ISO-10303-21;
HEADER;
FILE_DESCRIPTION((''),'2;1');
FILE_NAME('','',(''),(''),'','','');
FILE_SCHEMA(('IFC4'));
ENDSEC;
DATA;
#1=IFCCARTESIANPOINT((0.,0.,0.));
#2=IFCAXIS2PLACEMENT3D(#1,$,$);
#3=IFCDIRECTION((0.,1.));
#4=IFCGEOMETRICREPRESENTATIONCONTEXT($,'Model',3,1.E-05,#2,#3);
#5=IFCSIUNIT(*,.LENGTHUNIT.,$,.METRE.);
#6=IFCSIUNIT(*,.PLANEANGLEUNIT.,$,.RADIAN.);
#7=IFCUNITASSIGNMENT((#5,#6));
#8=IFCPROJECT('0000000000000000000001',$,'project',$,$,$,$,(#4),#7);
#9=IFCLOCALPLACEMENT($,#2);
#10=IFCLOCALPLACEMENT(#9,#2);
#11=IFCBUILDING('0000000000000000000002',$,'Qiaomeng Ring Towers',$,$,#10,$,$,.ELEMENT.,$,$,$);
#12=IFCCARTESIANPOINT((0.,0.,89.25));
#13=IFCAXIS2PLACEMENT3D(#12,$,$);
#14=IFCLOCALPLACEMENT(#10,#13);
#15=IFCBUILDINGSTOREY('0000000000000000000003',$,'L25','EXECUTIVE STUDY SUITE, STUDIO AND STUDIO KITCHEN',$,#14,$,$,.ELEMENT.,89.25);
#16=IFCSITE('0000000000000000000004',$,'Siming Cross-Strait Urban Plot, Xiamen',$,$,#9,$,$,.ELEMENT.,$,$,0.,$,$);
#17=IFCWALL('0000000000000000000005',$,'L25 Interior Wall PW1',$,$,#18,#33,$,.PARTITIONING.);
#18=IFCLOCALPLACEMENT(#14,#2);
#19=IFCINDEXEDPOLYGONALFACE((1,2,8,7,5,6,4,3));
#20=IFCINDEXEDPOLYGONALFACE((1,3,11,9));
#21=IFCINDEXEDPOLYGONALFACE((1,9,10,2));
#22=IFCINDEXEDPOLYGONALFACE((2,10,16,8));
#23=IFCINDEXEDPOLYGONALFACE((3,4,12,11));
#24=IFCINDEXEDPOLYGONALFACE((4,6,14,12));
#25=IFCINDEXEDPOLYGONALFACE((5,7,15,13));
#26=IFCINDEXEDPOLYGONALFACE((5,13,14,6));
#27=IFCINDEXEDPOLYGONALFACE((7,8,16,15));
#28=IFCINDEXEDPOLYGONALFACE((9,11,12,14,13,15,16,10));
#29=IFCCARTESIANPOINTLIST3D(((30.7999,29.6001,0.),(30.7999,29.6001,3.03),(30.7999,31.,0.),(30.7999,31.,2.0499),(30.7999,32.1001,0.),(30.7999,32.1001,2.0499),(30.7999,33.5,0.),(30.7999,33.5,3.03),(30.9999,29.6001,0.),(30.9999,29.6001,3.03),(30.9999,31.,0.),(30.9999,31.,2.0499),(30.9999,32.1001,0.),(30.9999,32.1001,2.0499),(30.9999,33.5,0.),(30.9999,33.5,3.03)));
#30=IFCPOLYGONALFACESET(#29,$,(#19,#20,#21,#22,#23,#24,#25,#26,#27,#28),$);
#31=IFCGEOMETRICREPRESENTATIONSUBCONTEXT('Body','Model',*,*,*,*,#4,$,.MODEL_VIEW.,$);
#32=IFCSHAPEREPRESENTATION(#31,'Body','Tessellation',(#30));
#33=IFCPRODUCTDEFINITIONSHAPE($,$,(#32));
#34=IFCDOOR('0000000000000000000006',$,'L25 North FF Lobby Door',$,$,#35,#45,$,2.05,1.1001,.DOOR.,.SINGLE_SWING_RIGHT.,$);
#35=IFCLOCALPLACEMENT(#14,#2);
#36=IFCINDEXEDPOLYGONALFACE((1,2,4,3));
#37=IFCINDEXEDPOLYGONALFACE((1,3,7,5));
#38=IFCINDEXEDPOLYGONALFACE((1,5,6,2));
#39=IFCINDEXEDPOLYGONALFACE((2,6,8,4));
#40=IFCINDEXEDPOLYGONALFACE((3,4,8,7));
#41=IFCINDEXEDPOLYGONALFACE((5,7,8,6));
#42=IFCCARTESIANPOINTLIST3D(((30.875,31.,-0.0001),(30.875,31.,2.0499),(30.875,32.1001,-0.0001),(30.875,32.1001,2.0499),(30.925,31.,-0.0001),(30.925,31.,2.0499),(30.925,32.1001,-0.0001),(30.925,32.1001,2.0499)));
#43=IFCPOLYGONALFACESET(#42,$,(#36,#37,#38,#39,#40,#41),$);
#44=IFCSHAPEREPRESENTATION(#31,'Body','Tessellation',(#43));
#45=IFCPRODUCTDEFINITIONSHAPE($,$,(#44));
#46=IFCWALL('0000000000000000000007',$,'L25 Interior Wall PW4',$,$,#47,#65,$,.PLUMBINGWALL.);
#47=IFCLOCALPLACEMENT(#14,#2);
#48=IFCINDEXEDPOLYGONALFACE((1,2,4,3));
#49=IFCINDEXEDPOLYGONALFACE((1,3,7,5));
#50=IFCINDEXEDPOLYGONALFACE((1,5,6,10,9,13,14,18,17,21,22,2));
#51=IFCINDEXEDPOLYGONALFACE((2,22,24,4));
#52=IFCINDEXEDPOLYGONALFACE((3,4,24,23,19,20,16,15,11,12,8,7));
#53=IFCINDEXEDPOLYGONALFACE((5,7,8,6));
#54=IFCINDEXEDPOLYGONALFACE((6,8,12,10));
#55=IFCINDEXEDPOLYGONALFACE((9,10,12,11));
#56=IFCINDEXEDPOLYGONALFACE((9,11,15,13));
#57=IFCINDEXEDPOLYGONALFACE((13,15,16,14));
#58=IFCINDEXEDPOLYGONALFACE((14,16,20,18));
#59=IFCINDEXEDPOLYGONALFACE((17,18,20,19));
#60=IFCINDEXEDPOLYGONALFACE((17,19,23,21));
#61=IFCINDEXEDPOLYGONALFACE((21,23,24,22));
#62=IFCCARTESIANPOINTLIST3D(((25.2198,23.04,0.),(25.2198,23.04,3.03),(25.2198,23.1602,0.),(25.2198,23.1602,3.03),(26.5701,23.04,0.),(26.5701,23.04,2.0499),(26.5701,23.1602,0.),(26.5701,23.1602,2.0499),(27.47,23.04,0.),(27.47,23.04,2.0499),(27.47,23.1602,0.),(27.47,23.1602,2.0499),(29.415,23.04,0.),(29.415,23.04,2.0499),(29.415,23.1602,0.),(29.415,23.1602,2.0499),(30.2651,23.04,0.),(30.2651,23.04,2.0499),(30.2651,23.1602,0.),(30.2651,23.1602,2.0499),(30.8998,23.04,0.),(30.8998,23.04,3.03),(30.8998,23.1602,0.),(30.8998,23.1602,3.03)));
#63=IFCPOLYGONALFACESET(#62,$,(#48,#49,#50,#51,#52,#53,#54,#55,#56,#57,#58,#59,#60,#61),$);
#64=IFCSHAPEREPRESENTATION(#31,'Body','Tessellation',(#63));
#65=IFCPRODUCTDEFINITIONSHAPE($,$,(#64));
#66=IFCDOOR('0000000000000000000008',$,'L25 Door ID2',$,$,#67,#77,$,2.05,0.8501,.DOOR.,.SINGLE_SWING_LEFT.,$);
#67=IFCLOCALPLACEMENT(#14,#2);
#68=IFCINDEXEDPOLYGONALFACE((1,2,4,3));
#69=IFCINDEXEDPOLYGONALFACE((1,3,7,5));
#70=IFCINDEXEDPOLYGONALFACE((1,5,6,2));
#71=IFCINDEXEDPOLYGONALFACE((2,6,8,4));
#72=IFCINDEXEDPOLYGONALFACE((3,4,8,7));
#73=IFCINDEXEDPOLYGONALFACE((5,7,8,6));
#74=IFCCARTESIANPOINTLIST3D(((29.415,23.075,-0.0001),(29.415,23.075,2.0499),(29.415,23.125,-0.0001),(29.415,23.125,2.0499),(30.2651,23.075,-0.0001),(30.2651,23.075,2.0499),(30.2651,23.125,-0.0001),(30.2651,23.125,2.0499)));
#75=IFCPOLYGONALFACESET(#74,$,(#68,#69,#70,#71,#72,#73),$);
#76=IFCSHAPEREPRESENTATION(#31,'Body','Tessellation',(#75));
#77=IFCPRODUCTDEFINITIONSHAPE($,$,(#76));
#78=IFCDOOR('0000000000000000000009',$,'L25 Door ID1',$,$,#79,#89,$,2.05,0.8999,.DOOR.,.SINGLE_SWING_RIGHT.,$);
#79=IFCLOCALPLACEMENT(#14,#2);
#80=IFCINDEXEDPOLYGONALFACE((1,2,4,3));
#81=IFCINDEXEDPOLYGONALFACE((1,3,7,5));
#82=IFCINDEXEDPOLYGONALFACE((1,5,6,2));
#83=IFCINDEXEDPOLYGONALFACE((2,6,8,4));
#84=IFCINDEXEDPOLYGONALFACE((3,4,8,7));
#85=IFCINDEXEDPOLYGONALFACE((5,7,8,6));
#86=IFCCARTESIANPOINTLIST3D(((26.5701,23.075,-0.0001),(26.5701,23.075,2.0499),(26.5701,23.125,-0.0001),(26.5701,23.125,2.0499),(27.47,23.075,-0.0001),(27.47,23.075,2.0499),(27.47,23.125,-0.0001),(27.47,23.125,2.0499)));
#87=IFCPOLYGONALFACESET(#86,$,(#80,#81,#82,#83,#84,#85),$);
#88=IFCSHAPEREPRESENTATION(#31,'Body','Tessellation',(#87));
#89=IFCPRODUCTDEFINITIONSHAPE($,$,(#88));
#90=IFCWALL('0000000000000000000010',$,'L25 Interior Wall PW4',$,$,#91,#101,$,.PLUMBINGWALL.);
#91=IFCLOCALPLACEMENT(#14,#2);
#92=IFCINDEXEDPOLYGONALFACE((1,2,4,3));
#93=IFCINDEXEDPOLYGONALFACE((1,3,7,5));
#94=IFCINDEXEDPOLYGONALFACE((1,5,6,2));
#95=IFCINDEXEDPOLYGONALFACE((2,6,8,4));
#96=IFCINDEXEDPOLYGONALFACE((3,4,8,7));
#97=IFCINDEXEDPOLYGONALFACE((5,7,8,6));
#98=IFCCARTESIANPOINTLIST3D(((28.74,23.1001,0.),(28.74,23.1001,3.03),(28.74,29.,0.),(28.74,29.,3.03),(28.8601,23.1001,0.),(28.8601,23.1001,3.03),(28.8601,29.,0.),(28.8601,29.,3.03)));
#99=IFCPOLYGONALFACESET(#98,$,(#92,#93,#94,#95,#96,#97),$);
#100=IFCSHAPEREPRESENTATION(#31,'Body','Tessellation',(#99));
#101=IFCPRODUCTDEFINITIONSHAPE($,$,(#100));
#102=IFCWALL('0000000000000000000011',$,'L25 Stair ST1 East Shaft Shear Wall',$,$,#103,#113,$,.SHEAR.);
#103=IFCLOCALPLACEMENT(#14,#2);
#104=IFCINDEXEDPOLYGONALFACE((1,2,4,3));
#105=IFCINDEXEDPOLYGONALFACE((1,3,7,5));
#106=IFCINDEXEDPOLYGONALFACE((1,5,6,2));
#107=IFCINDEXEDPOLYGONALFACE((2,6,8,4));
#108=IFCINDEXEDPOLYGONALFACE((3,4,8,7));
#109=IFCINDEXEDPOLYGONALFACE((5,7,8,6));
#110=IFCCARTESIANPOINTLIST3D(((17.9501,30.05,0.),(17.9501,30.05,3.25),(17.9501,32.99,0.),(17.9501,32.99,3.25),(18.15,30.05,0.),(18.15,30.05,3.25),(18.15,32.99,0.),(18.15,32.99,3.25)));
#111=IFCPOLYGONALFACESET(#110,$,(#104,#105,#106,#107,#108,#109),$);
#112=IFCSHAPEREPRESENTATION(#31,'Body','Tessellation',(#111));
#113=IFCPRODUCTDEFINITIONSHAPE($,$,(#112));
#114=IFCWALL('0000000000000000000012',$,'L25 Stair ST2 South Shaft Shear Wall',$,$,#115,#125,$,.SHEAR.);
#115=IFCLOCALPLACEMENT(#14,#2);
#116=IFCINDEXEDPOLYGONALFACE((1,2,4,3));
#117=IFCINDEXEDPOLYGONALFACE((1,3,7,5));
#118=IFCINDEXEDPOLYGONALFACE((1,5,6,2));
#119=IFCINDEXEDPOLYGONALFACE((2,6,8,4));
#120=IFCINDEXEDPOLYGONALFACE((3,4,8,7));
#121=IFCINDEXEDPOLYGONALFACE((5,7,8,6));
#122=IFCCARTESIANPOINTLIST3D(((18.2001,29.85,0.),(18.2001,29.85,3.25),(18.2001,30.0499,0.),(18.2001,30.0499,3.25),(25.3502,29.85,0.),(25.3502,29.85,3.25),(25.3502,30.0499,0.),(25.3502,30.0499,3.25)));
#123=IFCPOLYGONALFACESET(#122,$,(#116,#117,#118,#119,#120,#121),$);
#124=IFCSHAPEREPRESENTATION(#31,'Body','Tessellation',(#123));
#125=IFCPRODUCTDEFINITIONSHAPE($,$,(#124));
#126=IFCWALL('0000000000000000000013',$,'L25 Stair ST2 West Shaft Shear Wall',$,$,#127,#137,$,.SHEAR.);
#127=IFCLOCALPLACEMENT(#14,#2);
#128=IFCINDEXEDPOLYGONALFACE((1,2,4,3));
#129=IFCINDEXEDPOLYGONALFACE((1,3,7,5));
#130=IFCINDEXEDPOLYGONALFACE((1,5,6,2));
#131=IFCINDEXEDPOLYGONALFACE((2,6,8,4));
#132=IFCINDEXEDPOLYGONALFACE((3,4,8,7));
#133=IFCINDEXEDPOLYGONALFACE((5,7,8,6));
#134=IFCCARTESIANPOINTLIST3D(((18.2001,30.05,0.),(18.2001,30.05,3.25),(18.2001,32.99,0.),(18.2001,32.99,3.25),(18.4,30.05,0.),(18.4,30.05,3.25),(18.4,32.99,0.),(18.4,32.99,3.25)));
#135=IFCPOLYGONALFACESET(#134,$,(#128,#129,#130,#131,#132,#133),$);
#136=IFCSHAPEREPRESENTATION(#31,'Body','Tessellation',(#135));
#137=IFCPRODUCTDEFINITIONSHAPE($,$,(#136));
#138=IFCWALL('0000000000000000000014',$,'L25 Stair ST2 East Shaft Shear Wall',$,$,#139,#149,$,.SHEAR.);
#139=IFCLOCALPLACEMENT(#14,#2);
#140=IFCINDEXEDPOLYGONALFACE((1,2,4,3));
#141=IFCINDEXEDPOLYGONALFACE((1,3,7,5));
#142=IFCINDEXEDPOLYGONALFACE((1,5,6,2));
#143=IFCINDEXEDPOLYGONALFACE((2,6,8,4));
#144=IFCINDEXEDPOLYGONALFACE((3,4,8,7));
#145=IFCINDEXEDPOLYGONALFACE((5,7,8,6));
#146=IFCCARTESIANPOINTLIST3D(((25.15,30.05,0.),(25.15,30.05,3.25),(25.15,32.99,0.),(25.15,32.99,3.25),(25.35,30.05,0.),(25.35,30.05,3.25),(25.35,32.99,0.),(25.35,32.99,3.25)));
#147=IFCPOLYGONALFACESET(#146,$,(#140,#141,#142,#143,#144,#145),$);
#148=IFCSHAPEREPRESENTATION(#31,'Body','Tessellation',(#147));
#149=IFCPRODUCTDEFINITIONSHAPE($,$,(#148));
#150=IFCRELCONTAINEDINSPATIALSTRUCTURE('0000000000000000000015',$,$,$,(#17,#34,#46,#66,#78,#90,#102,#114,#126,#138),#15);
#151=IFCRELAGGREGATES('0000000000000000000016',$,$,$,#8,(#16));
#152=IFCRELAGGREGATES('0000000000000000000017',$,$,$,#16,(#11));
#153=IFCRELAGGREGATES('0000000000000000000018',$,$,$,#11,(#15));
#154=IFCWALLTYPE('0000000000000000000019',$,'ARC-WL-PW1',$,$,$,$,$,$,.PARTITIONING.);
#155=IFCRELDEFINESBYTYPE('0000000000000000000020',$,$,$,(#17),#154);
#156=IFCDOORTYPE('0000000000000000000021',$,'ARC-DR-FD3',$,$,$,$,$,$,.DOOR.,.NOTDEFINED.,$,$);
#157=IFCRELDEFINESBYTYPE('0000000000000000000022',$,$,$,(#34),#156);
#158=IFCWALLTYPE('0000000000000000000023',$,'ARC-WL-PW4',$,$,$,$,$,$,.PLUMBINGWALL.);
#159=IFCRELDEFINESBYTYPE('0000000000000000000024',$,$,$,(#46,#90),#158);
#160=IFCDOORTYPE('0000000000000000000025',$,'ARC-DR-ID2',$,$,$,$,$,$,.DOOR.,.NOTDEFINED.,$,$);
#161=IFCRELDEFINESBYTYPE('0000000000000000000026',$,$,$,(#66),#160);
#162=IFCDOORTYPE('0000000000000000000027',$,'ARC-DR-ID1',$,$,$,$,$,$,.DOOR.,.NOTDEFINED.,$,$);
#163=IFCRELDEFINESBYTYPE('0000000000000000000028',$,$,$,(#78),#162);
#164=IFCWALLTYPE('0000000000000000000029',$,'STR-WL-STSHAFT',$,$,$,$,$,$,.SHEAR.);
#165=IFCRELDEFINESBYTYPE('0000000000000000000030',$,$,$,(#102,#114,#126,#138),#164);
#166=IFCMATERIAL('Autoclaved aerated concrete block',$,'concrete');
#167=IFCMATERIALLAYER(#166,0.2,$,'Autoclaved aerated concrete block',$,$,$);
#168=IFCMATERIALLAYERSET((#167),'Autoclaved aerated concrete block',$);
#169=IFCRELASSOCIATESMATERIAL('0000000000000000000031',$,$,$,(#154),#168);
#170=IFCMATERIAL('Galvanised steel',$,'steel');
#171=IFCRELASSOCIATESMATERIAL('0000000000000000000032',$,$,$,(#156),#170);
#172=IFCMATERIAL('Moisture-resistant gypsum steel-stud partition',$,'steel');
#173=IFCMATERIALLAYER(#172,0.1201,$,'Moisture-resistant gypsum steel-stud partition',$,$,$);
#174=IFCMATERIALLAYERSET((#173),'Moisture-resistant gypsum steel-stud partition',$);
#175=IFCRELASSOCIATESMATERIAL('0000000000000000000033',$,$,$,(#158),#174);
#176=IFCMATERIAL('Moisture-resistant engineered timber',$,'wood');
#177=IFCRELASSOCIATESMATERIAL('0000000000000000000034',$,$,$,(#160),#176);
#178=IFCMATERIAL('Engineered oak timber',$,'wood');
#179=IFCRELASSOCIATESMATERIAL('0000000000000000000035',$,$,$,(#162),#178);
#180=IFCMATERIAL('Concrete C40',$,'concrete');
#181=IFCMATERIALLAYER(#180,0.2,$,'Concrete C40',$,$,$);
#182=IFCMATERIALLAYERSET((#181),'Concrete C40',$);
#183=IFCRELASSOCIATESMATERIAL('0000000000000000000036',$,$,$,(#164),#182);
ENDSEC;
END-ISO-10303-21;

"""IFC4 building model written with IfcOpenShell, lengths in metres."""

from ifc_helpers import new_model, si_unit, direction, frame, frame_2d, origin, place, context, subcontext, project, spatial, rectangle, extrude, source, transform, mapped, material, layer, layer_set, type_object, element, fill, save


model = new_model("IFC4")

# Units and contexts
model_context = context("Model", 3, precision=1e-05, world=origin(), true_north=direction((0.0, 1.0)))
body_context = subcontext(model_context, "Body", "Model", "MODEL_VIEW")
ifc_project = project(units=[si_unit("LENGTHUNIT", "METRE"), si_unit("PLANEANGLEUNIT", "RADIAN")], contexts=[model_context])

# Site, building, storey
site_placement = place(None, origin())
site = spatial("IfcSite", under=ifc_project, at=site_placement, Name="Siming Cross-Strait Urban Plot, Xiamen", CompositionType="ELEMENT", RefElevation=0.0)
building_placement = place(site_placement, origin())
building = spatial("IfcBuilding", under=site, at=building_placement, Name="Qiaomeng Ring Towers", CompositionType="ELEMENT")
storey_placement = place(building_placement, frame((0.0, 0.0, 89.25)))
storey = spatial("IfcBuildingStorey", under=building, at=storey_placement, Name="L25", Description="EXECUTIVE STUDY SUITE, STUDIO AND STUDIO KITCHEN", CompositionType="ELEMENT", Elevation=89.25)

# Shared definitions
ifc_material_1 = material(Name="Autoclaved aerated concrete block", Category="concrete")
ifc_layer_1 = layer(ifc_material_1, 0.2, Name="Autoclaved aerated concrete block")
ifc_layer_set_1 = layer_set([ifc_layer_1], Name="Autoclaved aerated concrete block")
wall_type_1 = type_object("IfcWallType", Name="ARC-WL-PW1", PredefinedType="PARTITIONING", material=ifc_layer_set_1)

# Wall, opening, door
wall_1_placement = place(storey_placement, frame((30.8999, 29.6001, 0.0), z_axis=(0.0, 0.0, 1.0), x_axis=(0.0, 1.0, 0.0)))
wall_1 = element("IfcWall", 1, at=wall_1_placement, inside=storey, type_object=wall_type_1, Name="L25 Interior Wall PW1", PredefinedType="PARTITIONING", context=body_context, shape_type="SweptSolid", body=[
    extrude(rectangle(XDim=3.8999, YDim=0.2, at=frame_2d((1.95, 0.0))), origin(), (0.0, 0.0, 1.0), 3.03),
])
opening_1_placement = place(wall_1_placement, frame((1.3999, 0.0, 0.0)))
opening_1 = element("IfcOpeningElement", 2, at=opening_1_placement, cuts=wall_1, PredefinedType="OPENING", context=body_context, shape_type="SweptSolid", body=[
    extrude(rectangle(XDim=1.1001, YDim=2.05, at=frame_2d((0.55, 1.0249))), frame((0.0, 0.1099, 0.0), z_axis=(0.0, -1.0, 0.0), x_axis=(1.0, 0.0, 0.0)), (0.0, 0.0, 1.0), 0.22),
])
ifc_material_2 = material(Name="Galvanised steel", Category="steel")
door_type_1 = type_object("IfcDoorType", Name="ARC-DR-FD3", OperationType="NOTDEFINED", PredefinedType="DOOR", material=ifc_material_2)
shared_shape_1 = source(origin(), body_context, "Body", "SweptSolid", [
    extrude(rectangle(XDim=1.1001, YDim=2.05, at=frame_2d((0.55, 1.0249))), frame((0.0, 0.0249, 0.0), z_axis=(0.0, -1.0, 0.0), x_axis=(1.0, 0.0, 0.0)), (0.0, 0.0, 1.0), 0.05),
])
door_1_placement = place(opening_1_placement, origin())
door_1 = element("IfcDoor", 3, at=door_1_placement, inside=storey, type_object=door_type_1, Name="L25 North FF Lobby Door", OperationType="SINGLE_SWING_RIGHT", OverallHeight=2.05, OverallWidth=1.1001, PredefinedType="DOOR", context=body_context, shape_type="MappedRepresentation", body=[
    mapped(shared_shape_1, transform((0.0, 0.0, 0.0), x_axis=(1.0, 0.0, 0.0), y_axis=(0.0, 1.0, 0.0), z_axis=(0.0, 0.0, 1.0), scale=1.0)),
])
fill(opening_1, door_1)

# Wall, openings, doors
ifc_material_3 = material(Name="Moisture-resistant gypsum steel-stud partition", Category="steel")
ifc_layer_2 = layer(ifc_material_3, 0.1201, Name="Moisture-resistant gypsum steel-stud partition")
ifc_layer_set_2 = layer_set([ifc_layer_2], Name="Moisture-resistant gypsum steel-stud partition")
wall_type_2 = type_object("IfcWallType", Name="ARC-WL-PW4", PredefinedType="PLUMBINGWALL", material=ifc_layer_set_2)
wall_2_placement = place(storey_placement, frame((25.22, 23.1001, 0.0), z_axis=(0.0, 0.0, 1.0), x_axis=(1.0, 0.0, 0.0)))
wall_2 = element("IfcWall", 4, at=wall_2_placement, inside=storey, type_object=wall_type_2, Name="L25 Interior Wall PW4", PredefinedType="PLUMBINGWALL", context=body_context, shape_type="SweptSolid", body=[
    extrude(rectangle(XDim=5.6799, YDim=0.1201, at=frame_2d((2.8398, 0.0))), origin(), (0.0, 0.0, 1.0), 3.03),
])
opening_2_placement = place(wall_2_placement, frame((1.3501, 0.0, 0.0)))
opening_2 = element("IfcOpeningElement", 5, at=opening_2_placement, cuts=wall_2, PredefinedType="OPENING", context=body_context, shape_type="SweptSolid", body=[
    extrude(rectangle(XDim=0.8999, YDim=2.05, at=frame_2d((0.45, 1.0249))), frame((0.0, 0.0701, 0.0), z_axis=(0.0, -1.0, 0.0), x_axis=(1.0, 0.0, 0.0)), (0.0, 0.0, 1.0), 0.1401),
])
opening_3_placement = place(wall_2_placement, frame((4.1951, 0.0, 0.0)))
opening_3 = element("IfcOpeningElement", 6, at=opening_3_placement, cuts=wall_2, PredefinedType="OPENING", context=body_context, shape_type="SweptSolid", body=[
    extrude(rectangle(XDim=0.8501, YDim=2.05, at=frame_2d((0.425, 1.0249))), frame((0.0, 0.0701, 0.0), z_axis=(0.0, -1.0, 0.0), x_axis=(1.0, 0.0, 0.0)), (0.0, 0.0, 1.0), 0.1401),
])
ifc_material_4 = material(Name="Moisture-resistant engineered timber", Category="wood")
door_type_2 = type_object("IfcDoorType", Name="ARC-DR-ID2", OperationType="NOTDEFINED", PredefinedType="DOOR", material=ifc_material_4)
shared_shape_2 = source(origin(), body_context, "Body", "SweptSolid", [
    extrude(rectangle(XDim=0.8501, YDim=2.05, at=frame_2d((0.425, 1.0249))), frame((0.0, 0.0249, 0.0), z_axis=(0.0, -1.0, 0.0), x_axis=(1.0, 0.0, 0.0)), (0.0, 0.0, 1.0), 0.05),
])
door_2_placement = place(opening_3_placement, origin())
door_2 = element("IfcDoor", 7, at=door_2_placement, inside=storey, type_object=door_type_2, Name="L25 Door ID2", OperationType="SINGLE_SWING_LEFT", OverallHeight=2.05, OverallWidth=0.8501, PredefinedType="DOOR", context=body_context, shape_type="MappedRepresentation", body=[
    mapped(shared_shape_2, transform((0.0, 0.0, 0.0), x_axis=(1.0, 0.0, 0.0), y_axis=(0.0, 1.0, 0.0), z_axis=(0.0, 0.0, 1.0), scale=1.0)),
])
fill(opening_3, door_2)
ifc_material_5 = material(Name="Engineered oak timber", Category="wood")
door_type_3 = type_object("IfcDoorType", Name="ARC-DR-ID1", OperationType="NOTDEFINED", PredefinedType="DOOR", material=ifc_material_5)
shared_shape_3 = source(origin(), body_context, "Body", "SweptSolid", [
    extrude(rectangle(XDim=0.8999, YDim=2.05, at=frame_2d((0.45, 1.0249))), frame((0.0, 0.0249, 0.0), z_axis=(0.0, -1.0, 0.0), x_axis=(1.0, 0.0, 0.0)), (0.0, 0.0, 1.0), 0.05),
])
door_3_placement = place(opening_2_placement, origin())
door_3 = element("IfcDoor", 8, at=door_3_placement, inside=storey, type_object=door_type_3, Name="L25 Door ID1", OperationType="SINGLE_SWING_RIGHT", OverallHeight=2.05, OverallWidth=0.8999, PredefinedType="DOOR", context=body_context, shape_type="MappedRepresentation", body=[
    mapped(shared_shape_3, transform((0.0, 0.0, 0.0), x_axis=(1.0, 0.0, 0.0), y_axis=(0.0, 1.0, 0.0), z_axis=(0.0, 0.0, 1.0), scale=1.0)),
])
fill(opening_2, door_3)

# Walls
wall_3_placement = place(storey_placement, frame((28.8, 23.1001, 0.0), z_axis=(0.0, 0.0, 1.0), x_axis=(0.0, 1.0, 0.0)))
element("IfcWall", 9, at=wall_3_placement, inside=storey, type_object=wall_type_2, Name="L25 Interior Wall PW4", PredefinedType="PLUMBINGWALL", context=body_context, shape_type="SweptSolid", body=[
    extrude(rectangle(XDim=5.8999, YDim=0.1201, at=frame_2d((2.95, 0.0))), origin(), (0.0, 0.0, 1.0), 3.03),
])
ifc_material_6 = material(Name="Concrete C40", Category="concrete")
ifc_layer_3 = layer(ifc_material_6, 0.2, Name="Concrete C40")
ifc_layer_set_3 = layer_set([ifc_layer_3], Name="Concrete C40")
wall_type_3 = type_object("IfcWallType", Name="STR-WL-STSHAFT", PredefinedType="SHEAR", material=ifc_layer_set_3)
wall_4_placement = place(storey_placement, frame((18.05, 30.05, 0.0), z_axis=(0.0, 0.0, 1.0), x_axis=(0.0, 1.0, 0.0)))
element("IfcWall", 10, at=wall_4_placement, inside=storey, type_object=wall_type_3, Name="L25 Stair ST1 East Shaft Shear Wall", PredefinedType="SHEAR", context=body_context, shape_type="SweptSolid", body=[
    extrude(rectangle(XDim=2.9399, YDim=0.2, at=frame_2d((1.47, 0.0))), origin(), (0.0, 0.0, 1.0), 3.25),
])
wall_5_placement = place(storey_placement, frame((18.2, 29.95, 0.0), z_axis=(0.0, 0.0, 1.0), x_axis=(1.0, 0.0, 0.0)))
element("IfcWall", 11, at=wall_5_placement, inside=storey, type_object=wall_type_3, Name="L25 Stair ST2 South Shaft Shear Wall", PredefinedType="SHEAR", context=body_context, shape_type="SweptSolid", body=[
    extrude(rectangle(XDim=7.1501, YDim=0.2, at=frame_2d((3.5752, 0.0))), origin(), (0.0, 0.0, 1.0), 3.25),
])
for number, where, z_axis, x_axis, name in (
    (12, (18.3, 30.05, 0.0), (0.0, 0.0, 1.0), (0.0, 1.0, 0.0), "L25 Stair ST2 West Shaft Shear Wall"),
    (13, (25.25, 30.05, 0.0), (0.0, 0.0, 1.0), (0.0, 1.0, 0.0), "L25 Stair ST2 East Shaft Shear Wall"),
):
    element("IfcWall", number, at=place(storey_placement, frame(where, z_axis=z_axis, x_axis=x_axis)), inside=storey, type_object=wall_type_3, Name=name, PredefinedType="SHEAR", context=body_context, shape_type="SweptSolid", body=[
        extrude(rectangle(XDim=2.9399, YDim=0.2, at=frame_2d((1.47, 0.0))), origin(), (0.0, 0.0, 1.0), 3.25),
    ])

save(model, "model.ifc")
